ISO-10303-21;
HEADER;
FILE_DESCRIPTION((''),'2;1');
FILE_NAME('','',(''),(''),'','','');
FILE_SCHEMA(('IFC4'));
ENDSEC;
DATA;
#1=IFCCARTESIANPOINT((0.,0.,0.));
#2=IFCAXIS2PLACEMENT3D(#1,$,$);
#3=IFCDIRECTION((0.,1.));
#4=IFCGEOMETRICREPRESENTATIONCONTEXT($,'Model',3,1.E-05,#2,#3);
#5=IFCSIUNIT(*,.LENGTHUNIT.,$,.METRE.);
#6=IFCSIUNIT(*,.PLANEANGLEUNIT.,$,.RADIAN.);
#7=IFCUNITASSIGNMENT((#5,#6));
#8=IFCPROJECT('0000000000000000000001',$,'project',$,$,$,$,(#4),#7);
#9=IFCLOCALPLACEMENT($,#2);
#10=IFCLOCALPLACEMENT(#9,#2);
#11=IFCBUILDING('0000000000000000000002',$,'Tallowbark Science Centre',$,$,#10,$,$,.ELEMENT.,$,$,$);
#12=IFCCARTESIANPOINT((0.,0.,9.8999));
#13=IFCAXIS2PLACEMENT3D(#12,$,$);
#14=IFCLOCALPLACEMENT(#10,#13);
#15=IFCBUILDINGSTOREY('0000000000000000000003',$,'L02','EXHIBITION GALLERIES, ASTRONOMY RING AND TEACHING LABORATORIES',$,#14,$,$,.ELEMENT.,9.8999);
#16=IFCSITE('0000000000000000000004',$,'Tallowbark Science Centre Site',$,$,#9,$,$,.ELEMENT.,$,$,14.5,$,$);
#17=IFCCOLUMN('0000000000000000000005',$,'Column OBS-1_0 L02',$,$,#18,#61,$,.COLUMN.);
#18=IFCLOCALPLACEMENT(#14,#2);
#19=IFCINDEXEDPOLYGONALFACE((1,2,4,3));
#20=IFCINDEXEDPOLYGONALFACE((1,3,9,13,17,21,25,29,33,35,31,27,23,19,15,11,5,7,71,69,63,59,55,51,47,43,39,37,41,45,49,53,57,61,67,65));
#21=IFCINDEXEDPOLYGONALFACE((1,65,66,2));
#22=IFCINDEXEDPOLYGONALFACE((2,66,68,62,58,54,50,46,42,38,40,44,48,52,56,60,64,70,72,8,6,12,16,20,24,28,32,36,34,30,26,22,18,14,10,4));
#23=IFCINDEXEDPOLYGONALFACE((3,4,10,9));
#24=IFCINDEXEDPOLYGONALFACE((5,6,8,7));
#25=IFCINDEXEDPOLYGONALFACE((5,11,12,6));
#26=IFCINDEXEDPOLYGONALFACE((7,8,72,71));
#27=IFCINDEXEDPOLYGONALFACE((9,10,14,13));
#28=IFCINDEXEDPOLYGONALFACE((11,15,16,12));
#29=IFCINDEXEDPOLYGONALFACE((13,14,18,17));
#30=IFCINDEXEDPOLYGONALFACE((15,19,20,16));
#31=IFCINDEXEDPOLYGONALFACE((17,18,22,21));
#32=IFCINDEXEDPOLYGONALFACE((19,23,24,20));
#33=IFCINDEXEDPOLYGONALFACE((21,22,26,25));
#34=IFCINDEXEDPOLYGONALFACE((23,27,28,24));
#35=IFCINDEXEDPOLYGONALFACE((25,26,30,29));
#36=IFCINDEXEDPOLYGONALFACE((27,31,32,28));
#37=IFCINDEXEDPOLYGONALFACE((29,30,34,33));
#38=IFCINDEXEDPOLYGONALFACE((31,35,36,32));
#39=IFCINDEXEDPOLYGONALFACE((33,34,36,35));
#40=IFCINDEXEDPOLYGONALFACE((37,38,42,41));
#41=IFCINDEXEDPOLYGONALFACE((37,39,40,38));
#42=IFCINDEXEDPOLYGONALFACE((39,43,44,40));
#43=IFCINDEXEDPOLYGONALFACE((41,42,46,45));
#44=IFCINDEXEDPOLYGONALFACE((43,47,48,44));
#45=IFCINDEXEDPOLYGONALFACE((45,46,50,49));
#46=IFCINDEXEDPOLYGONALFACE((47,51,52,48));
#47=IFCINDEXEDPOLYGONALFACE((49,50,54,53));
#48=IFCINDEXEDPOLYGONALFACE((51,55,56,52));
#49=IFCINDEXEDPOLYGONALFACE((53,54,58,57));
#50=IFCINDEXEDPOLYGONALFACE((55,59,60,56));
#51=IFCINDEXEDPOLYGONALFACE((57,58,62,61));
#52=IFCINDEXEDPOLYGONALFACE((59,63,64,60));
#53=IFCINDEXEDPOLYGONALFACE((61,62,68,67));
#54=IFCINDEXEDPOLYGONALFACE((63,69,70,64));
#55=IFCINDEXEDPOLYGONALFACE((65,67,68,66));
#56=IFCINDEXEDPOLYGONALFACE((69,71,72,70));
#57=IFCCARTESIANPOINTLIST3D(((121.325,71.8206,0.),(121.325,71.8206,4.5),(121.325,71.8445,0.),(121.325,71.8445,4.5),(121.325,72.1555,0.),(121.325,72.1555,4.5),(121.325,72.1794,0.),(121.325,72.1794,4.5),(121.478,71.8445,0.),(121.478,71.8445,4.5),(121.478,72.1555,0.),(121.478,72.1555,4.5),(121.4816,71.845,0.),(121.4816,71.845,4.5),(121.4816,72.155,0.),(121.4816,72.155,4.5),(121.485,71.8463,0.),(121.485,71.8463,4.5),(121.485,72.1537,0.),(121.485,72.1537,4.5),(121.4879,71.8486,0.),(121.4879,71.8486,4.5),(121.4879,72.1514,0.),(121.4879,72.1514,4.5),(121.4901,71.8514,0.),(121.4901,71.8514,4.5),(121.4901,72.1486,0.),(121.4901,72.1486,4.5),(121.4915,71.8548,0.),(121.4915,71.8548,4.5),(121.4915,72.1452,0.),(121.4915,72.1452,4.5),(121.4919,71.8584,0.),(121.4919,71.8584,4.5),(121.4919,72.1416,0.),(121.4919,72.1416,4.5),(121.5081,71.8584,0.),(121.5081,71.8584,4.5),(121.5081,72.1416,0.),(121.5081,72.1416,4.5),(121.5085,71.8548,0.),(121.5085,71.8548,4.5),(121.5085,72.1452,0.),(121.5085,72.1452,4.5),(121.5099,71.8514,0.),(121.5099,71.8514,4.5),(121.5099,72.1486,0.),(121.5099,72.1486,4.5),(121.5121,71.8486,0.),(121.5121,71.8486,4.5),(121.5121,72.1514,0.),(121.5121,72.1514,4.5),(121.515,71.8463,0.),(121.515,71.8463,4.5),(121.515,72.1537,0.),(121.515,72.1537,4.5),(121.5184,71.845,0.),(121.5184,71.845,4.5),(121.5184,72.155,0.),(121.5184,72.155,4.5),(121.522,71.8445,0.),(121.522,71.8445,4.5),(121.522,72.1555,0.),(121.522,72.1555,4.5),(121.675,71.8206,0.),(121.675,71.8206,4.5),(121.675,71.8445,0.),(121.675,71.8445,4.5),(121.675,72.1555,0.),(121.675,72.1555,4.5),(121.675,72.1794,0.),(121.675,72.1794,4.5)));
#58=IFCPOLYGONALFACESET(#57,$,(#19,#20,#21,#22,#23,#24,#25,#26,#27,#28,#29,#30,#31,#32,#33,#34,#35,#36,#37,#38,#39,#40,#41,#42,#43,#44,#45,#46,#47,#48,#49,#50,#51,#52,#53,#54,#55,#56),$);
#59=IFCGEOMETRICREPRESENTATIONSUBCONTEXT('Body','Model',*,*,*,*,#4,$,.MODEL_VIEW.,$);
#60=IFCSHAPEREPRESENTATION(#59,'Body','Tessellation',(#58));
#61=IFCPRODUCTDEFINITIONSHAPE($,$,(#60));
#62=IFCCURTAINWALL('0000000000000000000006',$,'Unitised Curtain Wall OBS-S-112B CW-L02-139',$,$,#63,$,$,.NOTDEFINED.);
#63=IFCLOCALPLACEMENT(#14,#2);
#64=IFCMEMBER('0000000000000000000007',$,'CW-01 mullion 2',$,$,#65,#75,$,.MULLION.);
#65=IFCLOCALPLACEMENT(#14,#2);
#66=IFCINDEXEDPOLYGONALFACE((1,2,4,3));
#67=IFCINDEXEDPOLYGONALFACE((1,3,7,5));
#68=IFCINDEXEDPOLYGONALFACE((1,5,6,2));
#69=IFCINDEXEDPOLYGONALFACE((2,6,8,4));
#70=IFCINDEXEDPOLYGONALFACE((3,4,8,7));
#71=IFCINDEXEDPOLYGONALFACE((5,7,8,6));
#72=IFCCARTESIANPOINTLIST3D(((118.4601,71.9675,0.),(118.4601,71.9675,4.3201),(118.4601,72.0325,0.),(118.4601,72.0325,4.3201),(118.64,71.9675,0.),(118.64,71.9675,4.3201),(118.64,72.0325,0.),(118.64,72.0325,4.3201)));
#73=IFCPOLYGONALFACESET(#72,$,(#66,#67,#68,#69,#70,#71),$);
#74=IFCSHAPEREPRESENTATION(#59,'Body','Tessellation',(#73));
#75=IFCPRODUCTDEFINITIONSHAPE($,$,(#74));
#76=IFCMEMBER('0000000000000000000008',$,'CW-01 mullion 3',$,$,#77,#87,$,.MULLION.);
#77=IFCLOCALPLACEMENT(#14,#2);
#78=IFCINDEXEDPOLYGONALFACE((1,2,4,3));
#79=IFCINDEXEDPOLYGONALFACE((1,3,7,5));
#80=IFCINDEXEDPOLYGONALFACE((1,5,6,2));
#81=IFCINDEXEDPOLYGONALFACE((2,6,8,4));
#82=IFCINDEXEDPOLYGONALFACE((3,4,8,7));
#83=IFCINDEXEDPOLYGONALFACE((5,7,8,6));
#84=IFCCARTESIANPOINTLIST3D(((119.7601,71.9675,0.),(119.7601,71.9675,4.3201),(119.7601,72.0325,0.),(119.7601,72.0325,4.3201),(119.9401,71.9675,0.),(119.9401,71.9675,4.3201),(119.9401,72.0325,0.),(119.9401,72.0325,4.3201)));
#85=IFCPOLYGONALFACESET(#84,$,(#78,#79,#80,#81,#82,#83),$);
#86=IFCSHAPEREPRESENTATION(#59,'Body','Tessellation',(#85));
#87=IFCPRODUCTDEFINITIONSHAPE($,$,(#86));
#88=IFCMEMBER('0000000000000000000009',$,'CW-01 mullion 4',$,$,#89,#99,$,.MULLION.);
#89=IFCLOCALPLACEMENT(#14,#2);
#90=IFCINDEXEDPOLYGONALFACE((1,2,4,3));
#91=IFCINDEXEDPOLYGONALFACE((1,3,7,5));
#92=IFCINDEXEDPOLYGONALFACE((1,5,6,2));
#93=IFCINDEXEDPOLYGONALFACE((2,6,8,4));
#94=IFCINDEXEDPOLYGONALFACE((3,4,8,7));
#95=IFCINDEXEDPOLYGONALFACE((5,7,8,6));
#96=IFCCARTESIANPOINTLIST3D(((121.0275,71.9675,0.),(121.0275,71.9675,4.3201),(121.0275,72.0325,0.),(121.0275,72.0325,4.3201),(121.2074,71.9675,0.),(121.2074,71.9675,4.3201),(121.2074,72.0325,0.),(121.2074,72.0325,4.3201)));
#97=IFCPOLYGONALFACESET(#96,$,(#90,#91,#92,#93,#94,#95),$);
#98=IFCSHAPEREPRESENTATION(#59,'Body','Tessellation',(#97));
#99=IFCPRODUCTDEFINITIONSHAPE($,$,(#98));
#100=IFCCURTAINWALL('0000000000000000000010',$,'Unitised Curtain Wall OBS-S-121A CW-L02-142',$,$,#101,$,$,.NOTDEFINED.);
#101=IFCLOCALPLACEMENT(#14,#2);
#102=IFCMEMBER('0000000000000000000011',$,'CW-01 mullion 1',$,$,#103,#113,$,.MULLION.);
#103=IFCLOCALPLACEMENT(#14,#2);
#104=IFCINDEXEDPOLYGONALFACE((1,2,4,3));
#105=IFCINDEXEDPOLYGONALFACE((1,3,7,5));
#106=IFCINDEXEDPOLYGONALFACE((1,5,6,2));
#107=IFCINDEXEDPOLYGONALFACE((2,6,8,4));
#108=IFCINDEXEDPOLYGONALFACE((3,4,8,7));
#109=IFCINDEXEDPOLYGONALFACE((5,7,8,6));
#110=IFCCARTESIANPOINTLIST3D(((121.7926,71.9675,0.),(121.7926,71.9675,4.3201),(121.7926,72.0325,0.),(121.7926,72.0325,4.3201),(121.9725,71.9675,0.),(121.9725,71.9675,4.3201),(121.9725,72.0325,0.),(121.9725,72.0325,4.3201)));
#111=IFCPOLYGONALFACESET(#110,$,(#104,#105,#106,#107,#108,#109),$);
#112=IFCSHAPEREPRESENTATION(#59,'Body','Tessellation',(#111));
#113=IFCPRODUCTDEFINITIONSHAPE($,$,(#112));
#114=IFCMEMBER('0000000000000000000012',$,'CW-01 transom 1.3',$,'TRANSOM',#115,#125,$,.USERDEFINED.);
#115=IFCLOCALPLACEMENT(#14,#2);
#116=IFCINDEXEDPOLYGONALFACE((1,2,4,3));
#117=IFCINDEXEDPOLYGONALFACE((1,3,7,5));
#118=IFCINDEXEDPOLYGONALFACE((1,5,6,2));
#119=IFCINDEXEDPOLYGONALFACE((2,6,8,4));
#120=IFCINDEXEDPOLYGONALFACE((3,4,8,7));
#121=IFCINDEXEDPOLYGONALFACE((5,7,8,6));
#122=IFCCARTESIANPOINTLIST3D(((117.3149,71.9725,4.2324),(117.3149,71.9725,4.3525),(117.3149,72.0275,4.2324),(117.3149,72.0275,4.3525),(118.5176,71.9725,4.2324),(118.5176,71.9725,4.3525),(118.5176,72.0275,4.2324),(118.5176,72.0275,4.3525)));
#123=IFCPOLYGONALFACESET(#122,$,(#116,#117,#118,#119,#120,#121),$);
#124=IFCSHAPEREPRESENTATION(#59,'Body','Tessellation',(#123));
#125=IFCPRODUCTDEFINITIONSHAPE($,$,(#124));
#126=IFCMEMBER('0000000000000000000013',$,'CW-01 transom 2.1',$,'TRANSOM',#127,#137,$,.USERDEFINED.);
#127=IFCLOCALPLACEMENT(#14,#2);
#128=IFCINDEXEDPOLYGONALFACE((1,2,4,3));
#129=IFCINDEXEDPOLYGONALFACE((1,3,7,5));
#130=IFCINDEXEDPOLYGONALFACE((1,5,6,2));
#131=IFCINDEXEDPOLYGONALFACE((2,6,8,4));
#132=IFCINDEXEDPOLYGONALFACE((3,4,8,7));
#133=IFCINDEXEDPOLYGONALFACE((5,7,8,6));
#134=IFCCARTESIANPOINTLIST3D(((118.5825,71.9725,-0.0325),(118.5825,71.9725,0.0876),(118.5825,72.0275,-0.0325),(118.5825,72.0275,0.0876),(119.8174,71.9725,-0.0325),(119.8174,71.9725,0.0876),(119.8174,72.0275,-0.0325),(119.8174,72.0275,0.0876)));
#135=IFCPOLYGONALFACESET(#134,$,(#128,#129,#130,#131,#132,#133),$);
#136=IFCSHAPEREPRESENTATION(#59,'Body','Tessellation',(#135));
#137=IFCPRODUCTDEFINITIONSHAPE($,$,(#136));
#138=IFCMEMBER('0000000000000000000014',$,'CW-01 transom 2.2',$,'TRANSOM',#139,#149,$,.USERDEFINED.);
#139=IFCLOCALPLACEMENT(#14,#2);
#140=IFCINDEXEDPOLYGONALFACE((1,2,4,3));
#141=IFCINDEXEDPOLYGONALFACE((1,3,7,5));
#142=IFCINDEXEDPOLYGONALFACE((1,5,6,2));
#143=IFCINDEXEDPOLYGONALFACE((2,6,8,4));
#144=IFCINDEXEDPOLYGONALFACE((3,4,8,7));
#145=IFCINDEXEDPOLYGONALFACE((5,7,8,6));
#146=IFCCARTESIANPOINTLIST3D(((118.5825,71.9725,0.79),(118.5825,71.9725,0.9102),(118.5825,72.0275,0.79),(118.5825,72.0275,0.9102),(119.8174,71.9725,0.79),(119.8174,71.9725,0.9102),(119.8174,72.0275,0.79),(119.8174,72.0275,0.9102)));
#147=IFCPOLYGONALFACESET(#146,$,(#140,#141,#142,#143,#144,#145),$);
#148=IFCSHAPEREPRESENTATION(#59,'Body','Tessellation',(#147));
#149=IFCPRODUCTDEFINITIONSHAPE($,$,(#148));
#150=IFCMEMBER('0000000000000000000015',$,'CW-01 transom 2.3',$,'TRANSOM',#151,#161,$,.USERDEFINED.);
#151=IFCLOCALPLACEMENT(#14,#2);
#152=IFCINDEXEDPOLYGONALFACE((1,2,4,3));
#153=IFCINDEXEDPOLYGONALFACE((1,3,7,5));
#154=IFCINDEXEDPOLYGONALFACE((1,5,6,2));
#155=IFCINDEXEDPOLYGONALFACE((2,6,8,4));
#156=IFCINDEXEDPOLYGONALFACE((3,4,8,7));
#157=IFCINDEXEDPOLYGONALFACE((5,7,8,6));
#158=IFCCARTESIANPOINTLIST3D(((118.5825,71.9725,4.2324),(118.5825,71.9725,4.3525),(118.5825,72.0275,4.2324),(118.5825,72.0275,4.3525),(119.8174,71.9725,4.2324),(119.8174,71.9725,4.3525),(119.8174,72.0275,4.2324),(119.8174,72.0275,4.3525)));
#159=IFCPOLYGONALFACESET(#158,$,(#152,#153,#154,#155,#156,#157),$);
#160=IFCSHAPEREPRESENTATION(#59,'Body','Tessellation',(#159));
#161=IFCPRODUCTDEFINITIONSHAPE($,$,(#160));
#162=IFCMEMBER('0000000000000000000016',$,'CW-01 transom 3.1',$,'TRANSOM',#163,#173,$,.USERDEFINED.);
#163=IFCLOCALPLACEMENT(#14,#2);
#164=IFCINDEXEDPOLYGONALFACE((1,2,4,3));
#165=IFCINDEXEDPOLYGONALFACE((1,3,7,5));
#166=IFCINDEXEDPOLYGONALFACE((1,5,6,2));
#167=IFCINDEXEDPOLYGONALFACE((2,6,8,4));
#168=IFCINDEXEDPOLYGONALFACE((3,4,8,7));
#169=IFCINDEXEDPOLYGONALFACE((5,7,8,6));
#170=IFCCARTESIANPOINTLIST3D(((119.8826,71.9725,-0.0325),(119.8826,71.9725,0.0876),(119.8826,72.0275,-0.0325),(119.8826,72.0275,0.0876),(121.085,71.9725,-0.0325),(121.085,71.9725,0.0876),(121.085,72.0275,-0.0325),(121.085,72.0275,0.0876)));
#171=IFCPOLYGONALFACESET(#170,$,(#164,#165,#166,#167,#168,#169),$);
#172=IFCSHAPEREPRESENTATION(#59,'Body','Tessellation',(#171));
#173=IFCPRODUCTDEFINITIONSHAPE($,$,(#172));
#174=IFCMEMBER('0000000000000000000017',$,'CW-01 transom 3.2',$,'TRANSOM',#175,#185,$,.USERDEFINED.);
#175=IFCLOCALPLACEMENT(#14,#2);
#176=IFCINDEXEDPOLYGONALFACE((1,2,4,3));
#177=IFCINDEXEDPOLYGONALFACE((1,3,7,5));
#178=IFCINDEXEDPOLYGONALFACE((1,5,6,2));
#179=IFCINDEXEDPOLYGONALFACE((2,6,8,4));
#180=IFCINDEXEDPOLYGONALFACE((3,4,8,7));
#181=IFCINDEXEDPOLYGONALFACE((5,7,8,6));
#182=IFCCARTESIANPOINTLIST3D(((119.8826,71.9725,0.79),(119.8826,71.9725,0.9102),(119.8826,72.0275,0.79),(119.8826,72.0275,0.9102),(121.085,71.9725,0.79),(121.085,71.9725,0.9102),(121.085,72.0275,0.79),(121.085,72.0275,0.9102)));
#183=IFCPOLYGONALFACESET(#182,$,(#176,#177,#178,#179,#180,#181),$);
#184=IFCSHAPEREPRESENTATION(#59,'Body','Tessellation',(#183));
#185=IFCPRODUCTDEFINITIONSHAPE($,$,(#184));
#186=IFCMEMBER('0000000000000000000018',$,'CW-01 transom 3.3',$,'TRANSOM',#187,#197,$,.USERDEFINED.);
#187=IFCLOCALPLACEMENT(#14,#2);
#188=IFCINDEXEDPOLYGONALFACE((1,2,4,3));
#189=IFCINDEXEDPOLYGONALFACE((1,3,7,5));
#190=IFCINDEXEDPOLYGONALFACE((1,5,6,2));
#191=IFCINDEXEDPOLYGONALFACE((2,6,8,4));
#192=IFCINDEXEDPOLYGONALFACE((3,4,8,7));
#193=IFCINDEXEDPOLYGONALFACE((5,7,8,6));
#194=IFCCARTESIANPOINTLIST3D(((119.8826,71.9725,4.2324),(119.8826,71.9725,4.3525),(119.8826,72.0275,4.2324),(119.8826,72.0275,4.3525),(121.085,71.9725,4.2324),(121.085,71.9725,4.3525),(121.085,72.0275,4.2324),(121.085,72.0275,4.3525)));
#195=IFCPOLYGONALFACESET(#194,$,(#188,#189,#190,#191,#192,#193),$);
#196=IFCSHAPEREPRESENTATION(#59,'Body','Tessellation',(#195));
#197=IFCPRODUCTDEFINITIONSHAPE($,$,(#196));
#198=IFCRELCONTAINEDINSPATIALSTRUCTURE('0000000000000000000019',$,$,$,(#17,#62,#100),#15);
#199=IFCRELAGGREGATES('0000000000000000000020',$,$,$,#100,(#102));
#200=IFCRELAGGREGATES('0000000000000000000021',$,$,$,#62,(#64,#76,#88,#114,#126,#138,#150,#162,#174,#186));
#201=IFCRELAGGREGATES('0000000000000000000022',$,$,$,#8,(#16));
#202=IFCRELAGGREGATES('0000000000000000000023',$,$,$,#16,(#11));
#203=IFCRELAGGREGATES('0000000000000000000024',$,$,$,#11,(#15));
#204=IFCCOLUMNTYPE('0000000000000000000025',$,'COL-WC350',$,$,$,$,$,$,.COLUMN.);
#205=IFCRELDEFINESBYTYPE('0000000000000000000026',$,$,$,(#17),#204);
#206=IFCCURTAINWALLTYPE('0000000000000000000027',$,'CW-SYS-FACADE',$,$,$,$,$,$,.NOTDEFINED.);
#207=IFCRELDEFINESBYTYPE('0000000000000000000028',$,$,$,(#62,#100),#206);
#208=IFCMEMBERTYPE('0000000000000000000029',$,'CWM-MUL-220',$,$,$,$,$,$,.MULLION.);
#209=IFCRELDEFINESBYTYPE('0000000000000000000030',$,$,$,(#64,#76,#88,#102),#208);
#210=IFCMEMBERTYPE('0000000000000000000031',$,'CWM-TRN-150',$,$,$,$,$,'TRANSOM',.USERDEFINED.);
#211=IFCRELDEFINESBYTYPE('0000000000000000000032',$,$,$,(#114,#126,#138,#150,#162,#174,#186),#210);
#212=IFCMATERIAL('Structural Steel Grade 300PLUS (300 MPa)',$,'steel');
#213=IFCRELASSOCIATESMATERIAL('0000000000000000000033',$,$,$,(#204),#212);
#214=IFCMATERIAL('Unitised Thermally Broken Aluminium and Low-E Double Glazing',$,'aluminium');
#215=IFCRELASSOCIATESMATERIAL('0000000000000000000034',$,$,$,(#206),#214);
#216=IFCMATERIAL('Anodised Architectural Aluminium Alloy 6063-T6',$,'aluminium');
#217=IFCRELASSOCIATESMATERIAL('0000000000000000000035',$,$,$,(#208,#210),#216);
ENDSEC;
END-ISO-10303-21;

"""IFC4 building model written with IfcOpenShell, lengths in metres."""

from ifc_helpers import new_model, si_unit, direction, frame, origin, origin_2d, place, context, subcontext, project, spatial, rectangle, i_section, extrude, material, material_profile, profile_set, type_object, element, aggregate, save


model = new_model("IFC4")

# Units and contexts
model_context = context("Model", 3, precision=1e-05, world=origin(), true_north=direction((0.0, 1.0)))
body_context = subcontext(model_context, "Body", "Model", "MODEL_VIEW")
ifc_project = project(units=[si_unit("LENGTHUNIT", "METRE"), si_unit("PLANEANGLEUNIT", "RADIAN")], contexts=[model_context])

# Site, building, storey
site_placement = place(None, origin())
site = spatial("IfcSite", under=ifc_project, at=site_placement, Name="Tallowbark Science Centre Site", CompositionType="ELEMENT", RefElevation=14.5)
building_placement = place(site_placement, origin())
building = spatial("IfcBuilding", under=site, at=building_placement, Name="Tallowbark Science Centre", CompositionType="ELEMENT")
storey_placement = place(building_placement, frame((0.0, 0.0, 9.8999)))
storey = spatial("IfcBuildingStorey", under=building, at=storey_placement, Name="L02", Description="EXHIBITION GALLERIES, ASTRONOMY RING AND TEACHING LABORATORIES", CompositionType="ELEMENT", Elevation=9.8999)

# Column
ifc_material_1 = material(Name="Structural Steel Grade 300PLUS (300 MPa)", Category="steel")
ifc_material_profile_1 = material_profile(ifc_material_1, i_section(OverallWidth=0.3501, OverallDepth=0.3589, WebThickness=0.0161, FlangeThickness=0.0239, FilletRadius=0.0139, at=origin_2d()), Name="350WC197")
ifc_profile_set_1 = profile_set([ifc_material_profile_1], Name="Structural Steel Grade 300PLUS (300 MPa)")
column_type = type_object("IfcColumnType", Name="COL-WC350", PredefinedType="COLUMN", material=ifc_profile_set_1)
column_placement = place(storey_placement, frame((121.5, 72.0, 0.0), z_axis=(0.0, 0.0, 1.0), x_axis=(1.0, 0.0, 0.0)))
element("IfcColumn", 1, at=column_placement, inside=storey, type_object=column_type, Name="Column OBS-1_0 L02", PredefinedType="COLUMN", context=body_context, shape_type="SweptSolid", body=[
    extrude(i_section(OverallWidth=0.3501, OverallDepth=0.3589, WebThickness=0.0161, FlangeThickness=0.0239, FilletRadius=0.0139, at=origin_2d()), origin(), (0.0, 0.0, 1.0), 4.5),
])

# Curtain wall, members
ifc_material_2 = material(Name="Unitised Thermally Broken Aluminium and Low-E Double Glazing", Category="aluminium")
curtain_wall_type = type_object("IfcCurtainWallType", Name="CW-SYS-FACADE", PredefinedType="NOTDEFINED", material=ifc_material_2)
curtain_wall_1_placement = place(storey_placement, origin())
curtain_wall_1 = element("IfcCurtainWall", 2, at=curtain_wall_1_placement, inside=storey, type_object=curtain_wall_type, Name="Unitised Curtain Wall OBS-S-112B CW-L02-139", PredefinedType="NOTDEFINED")
ifc_material_3 = material(Name="Anodised Architectural Aluminium Alloy 6063-T6", Category="aluminium")
ifc_material_profile_2 = material_profile(ifc_material_3, rectangle(XDim=0.0649, YDim=0.1799, at=origin_2d()), Name="ALU65x180")
ifc_profile_set_2 = profile_set([ifc_material_profile_2], Name="Anodised Architectural Aluminium Alloy 6063-T6")
member_type_1 = type_object("IfcMemberType", Name="CWM-MUL-220", PredefinedType="MULLION", material=ifc_profile_set_2)
member_1_placement = place(storey_placement, frame((118.55, 72.0, 0.0), z_axis=(0.0, 0.0, 1.0), x_axis=(0.0, 1.0, 0.0)))
member_1 = element("IfcMember", 3, at=member_1_placement, type_object=member_type_1, Name="CW-01 mullion 2", PredefinedType="MULLION", context=body_context, shape_type="SweptSolid", body=[
    extrude(rectangle(XDim=0.0649, YDim=0.1799, at=origin_2d()), origin(), (0.0, 0.0, 1.0), 4.3201),
])
member_2_placement = place(storey_placement, frame((119.8501, 72.0, 0.0), z_axis=(0.0, 0.0, 1.0), x_axis=(0.0, 1.0, 0.0)))
member_2 = element("IfcMember", 4, at=member_2_placement, type_object=member_type_1, Name="CW-01 mullion 3", PredefinedType="MULLION", context=body_context, shape_type="SweptSolid", body=[
    extrude(rectangle(XDim=0.0649, YDim=0.1799, at=origin_2d()), origin(), (0.0, 0.0, 1.0), 4.3201),
])
member_3_placement = place(storey_placement, frame((121.1174, 72.0, 0.0), z_axis=(0.0, 0.0, 1.0), x_axis=(0.0, 1.0, 0.0)))
member_3 = element("IfcMember", 5, at=member_3_placement, type_object=member_type_1, Name="CW-01 mullion 4", PredefinedType="MULLION", context=body_context, shape_type="SweptSolid", body=[
    extrude(rectangle(XDim=0.0649, YDim=0.1799, at=origin_2d()), origin(), (0.0, 0.0, 1.0), 4.3201),
])

# Curtain wall, member
curtain_wall_2_placement = place(storey_placement, origin())
curtain_wall_2 = element("IfcCurtainWall", 6, at=curtain_wall_2_placement, inside=storey, type_object=curtain_wall_type, Name="Unitised Curtain Wall OBS-S-121A CW-L02-142", PredefinedType="NOTDEFINED")
member_4_placement = place(storey_placement, frame((121.8826, 72.0, 0.0), z_axis=(0.0, 0.0, 1.0), x_axis=(0.0, 1.0, 0.0)))
member_4 = element("IfcMember", 7, at=member_4_placement, type_object=member_type_1, Name="CW-01 mullion 1", PredefinedType="MULLION", context=body_context, shape_type="SweptSolid", body=[
    extrude(rectangle(XDim=0.0649, YDim=0.1799, at=origin_2d()), origin(), (0.0, 0.0, 1.0), 4.3201),
])

# Members
ifc_material_profile_3 = material_profile(ifc_material_3, rectangle(XDim=0.0549, YDim=0.1201, at=origin_2d()), Name="ALU55x120")
ifc_profile_set_3 = profile_set([ifc_material_profile_3], Name="Anodised Architectural Aluminium Alloy 6063-T6")
member_type_2 = type_object("IfcMemberType", Name="CWM-TRN-150", ElementType="TRANSOM", PredefinedType="USERDEFINED", material=ifc_profile_set_3)
member_5_placement = place(storey_placement, frame((117.3149, 72.0, 4.2925), z_axis=(1.0, 0.0, 0.0), x_axis=(0.0, 1.0, 0.0)))
member_5 = element("IfcMember", 8, at=member_5_placement, type_object=member_type_2, Name="CW-01 transom 1.3", ObjectType="TRANSOM", PredefinedType="USERDEFINED", context=body_context, shape_type="SweptSolid", body=[
    extrude(rectangle(XDim=0.0549, YDim=0.1201, at=origin_2d()), origin(), (0.0, 0.0, 1.0), 1.2026),
])
member_6_placement = place(storey_placement, frame((118.5825, 72.0, 0.0276), z_axis=(1.0, 0.0, 0.0), x_axis=(0.0, 1.0, 0.0)))
member_6 = element("IfcMember", 9, at=member_6_placement, type_object=member_type_2, Name="CW-01 transom 2.1", ObjectType="TRANSOM", PredefinedType="USERDEFINED", context=body_context, shape_type="SweptSolid", body=[
    extrude(rectangle(XDim=0.0549, YDim=0.1201, at=origin_2d()), origin(), (0.0, 0.0, 1.0), 1.2349),
])
member_7_placement = place(storey_placement, frame((118.5825, 72.0, 0.8501), z_axis=(1.0, 0.0, 0.0), x_axis=(0.0, 1.0, 0.0)))
member_7 = element("IfcMember", 10, at=member_7_placement, type_object=member_type_2, Name="CW-01 transom 2.2", ObjectType="TRANSOM", PredefinedType="USERDEFINED", context=body_context, shape_type="SweptSolid", body=[
    extrude(rectangle(XDim=0.0549, YDim=0.1201, at=origin_2d()), origin(), (0.0, 0.0, 1.0), 1.2349),
])
member_8_placement = place(storey_placement, frame((118.5825, 72.0, 4.2925), z_axis=(1.0, 0.0, 0.0), x_axis=(0.0, 1.0, 0.0)))
member_8 = element("IfcMember", 11, at=member_8_placement, type_object=member_type_2, Name="CW-01 transom 2.3", ObjectType="TRANSOM", PredefinedType="USERDEFINED", context=body_context, shape_type="SweptSolid", body=[
    extrude(rectangle(XDim=0.0549, YDim=0.1201, at=origin_2d()), origin(), (0.0, 0.0, 1.0), 1.2349),
])
member_9_placement = place(storey_placement, frame((119.8826, 72.0, 0.0276), z_axis=(1.0, 0.0, 0.0), x_axis=(0.0, 1.0, 0.0)))
member_9 = element("IfcMember", 12, at=member_9_placement, type_object=member_type_2, Name="CW-01 transom 3.1", ObjectType="TRANSOM", PredefinedType="USERDEFINED", context=body_context, shape_type="SweptSolid", body=[
    extrude(rectangle(XDim=0.0549, YDim=0.1201, at=origin_2d()), origin(), (0.0, 0.0, 1.0), 1.2024),
])
member_10_placement = place(storey_placement, frame((119.8826, 72.0, 0.8501), z_axis=(1.0, 0.0, 0.0), x_axis=(0.0, 1.0, 0.0)))
member_10 = element("IfcMember", 13, at=member_10_placement, type_object=member_type_2, Name="CW-01 transom 3.2", ObjectType="TRANSOM", PredefinedType="USERDEFINED", context=body_context, shape_type="SweptSolid", body=[
    extrude(rectangle(XDim=0.0549, YDim=0.1201, at=origin_2d()), origin(), (0.0, 0.0, 1.0), 1.2024),
])
member_11_placement = place(storey_placement, frame((119.8826, 72.0, 4.2925), z_axis=(1.0, 0.0, 0.0), x_axis=(0.0, 1.0, 0.0)))
member_11 = element("IfcMember", 14, at=member_11_placement, type_object=member_type_2, Name="CW-01 transom 3.3", ObjectType="TRANSOM", PredefinedType="USERDEFINED", context=body_context, shape_type="SweptSolid", body=[
    extrude(rectangle(XDim=0.0549, YDim=0.1201, at=origin_2d()), origin(), (0.0, 0.0, 1.0), 1.2024),
])
aggregate(curtain_wall_2, [member_4])

aggregate(curtain_wall_1, [member_1, member_2, member_3, member_5, member_6, member_7, member_8, member_9, member_10, member_11])

save(model, "model.ifc")
